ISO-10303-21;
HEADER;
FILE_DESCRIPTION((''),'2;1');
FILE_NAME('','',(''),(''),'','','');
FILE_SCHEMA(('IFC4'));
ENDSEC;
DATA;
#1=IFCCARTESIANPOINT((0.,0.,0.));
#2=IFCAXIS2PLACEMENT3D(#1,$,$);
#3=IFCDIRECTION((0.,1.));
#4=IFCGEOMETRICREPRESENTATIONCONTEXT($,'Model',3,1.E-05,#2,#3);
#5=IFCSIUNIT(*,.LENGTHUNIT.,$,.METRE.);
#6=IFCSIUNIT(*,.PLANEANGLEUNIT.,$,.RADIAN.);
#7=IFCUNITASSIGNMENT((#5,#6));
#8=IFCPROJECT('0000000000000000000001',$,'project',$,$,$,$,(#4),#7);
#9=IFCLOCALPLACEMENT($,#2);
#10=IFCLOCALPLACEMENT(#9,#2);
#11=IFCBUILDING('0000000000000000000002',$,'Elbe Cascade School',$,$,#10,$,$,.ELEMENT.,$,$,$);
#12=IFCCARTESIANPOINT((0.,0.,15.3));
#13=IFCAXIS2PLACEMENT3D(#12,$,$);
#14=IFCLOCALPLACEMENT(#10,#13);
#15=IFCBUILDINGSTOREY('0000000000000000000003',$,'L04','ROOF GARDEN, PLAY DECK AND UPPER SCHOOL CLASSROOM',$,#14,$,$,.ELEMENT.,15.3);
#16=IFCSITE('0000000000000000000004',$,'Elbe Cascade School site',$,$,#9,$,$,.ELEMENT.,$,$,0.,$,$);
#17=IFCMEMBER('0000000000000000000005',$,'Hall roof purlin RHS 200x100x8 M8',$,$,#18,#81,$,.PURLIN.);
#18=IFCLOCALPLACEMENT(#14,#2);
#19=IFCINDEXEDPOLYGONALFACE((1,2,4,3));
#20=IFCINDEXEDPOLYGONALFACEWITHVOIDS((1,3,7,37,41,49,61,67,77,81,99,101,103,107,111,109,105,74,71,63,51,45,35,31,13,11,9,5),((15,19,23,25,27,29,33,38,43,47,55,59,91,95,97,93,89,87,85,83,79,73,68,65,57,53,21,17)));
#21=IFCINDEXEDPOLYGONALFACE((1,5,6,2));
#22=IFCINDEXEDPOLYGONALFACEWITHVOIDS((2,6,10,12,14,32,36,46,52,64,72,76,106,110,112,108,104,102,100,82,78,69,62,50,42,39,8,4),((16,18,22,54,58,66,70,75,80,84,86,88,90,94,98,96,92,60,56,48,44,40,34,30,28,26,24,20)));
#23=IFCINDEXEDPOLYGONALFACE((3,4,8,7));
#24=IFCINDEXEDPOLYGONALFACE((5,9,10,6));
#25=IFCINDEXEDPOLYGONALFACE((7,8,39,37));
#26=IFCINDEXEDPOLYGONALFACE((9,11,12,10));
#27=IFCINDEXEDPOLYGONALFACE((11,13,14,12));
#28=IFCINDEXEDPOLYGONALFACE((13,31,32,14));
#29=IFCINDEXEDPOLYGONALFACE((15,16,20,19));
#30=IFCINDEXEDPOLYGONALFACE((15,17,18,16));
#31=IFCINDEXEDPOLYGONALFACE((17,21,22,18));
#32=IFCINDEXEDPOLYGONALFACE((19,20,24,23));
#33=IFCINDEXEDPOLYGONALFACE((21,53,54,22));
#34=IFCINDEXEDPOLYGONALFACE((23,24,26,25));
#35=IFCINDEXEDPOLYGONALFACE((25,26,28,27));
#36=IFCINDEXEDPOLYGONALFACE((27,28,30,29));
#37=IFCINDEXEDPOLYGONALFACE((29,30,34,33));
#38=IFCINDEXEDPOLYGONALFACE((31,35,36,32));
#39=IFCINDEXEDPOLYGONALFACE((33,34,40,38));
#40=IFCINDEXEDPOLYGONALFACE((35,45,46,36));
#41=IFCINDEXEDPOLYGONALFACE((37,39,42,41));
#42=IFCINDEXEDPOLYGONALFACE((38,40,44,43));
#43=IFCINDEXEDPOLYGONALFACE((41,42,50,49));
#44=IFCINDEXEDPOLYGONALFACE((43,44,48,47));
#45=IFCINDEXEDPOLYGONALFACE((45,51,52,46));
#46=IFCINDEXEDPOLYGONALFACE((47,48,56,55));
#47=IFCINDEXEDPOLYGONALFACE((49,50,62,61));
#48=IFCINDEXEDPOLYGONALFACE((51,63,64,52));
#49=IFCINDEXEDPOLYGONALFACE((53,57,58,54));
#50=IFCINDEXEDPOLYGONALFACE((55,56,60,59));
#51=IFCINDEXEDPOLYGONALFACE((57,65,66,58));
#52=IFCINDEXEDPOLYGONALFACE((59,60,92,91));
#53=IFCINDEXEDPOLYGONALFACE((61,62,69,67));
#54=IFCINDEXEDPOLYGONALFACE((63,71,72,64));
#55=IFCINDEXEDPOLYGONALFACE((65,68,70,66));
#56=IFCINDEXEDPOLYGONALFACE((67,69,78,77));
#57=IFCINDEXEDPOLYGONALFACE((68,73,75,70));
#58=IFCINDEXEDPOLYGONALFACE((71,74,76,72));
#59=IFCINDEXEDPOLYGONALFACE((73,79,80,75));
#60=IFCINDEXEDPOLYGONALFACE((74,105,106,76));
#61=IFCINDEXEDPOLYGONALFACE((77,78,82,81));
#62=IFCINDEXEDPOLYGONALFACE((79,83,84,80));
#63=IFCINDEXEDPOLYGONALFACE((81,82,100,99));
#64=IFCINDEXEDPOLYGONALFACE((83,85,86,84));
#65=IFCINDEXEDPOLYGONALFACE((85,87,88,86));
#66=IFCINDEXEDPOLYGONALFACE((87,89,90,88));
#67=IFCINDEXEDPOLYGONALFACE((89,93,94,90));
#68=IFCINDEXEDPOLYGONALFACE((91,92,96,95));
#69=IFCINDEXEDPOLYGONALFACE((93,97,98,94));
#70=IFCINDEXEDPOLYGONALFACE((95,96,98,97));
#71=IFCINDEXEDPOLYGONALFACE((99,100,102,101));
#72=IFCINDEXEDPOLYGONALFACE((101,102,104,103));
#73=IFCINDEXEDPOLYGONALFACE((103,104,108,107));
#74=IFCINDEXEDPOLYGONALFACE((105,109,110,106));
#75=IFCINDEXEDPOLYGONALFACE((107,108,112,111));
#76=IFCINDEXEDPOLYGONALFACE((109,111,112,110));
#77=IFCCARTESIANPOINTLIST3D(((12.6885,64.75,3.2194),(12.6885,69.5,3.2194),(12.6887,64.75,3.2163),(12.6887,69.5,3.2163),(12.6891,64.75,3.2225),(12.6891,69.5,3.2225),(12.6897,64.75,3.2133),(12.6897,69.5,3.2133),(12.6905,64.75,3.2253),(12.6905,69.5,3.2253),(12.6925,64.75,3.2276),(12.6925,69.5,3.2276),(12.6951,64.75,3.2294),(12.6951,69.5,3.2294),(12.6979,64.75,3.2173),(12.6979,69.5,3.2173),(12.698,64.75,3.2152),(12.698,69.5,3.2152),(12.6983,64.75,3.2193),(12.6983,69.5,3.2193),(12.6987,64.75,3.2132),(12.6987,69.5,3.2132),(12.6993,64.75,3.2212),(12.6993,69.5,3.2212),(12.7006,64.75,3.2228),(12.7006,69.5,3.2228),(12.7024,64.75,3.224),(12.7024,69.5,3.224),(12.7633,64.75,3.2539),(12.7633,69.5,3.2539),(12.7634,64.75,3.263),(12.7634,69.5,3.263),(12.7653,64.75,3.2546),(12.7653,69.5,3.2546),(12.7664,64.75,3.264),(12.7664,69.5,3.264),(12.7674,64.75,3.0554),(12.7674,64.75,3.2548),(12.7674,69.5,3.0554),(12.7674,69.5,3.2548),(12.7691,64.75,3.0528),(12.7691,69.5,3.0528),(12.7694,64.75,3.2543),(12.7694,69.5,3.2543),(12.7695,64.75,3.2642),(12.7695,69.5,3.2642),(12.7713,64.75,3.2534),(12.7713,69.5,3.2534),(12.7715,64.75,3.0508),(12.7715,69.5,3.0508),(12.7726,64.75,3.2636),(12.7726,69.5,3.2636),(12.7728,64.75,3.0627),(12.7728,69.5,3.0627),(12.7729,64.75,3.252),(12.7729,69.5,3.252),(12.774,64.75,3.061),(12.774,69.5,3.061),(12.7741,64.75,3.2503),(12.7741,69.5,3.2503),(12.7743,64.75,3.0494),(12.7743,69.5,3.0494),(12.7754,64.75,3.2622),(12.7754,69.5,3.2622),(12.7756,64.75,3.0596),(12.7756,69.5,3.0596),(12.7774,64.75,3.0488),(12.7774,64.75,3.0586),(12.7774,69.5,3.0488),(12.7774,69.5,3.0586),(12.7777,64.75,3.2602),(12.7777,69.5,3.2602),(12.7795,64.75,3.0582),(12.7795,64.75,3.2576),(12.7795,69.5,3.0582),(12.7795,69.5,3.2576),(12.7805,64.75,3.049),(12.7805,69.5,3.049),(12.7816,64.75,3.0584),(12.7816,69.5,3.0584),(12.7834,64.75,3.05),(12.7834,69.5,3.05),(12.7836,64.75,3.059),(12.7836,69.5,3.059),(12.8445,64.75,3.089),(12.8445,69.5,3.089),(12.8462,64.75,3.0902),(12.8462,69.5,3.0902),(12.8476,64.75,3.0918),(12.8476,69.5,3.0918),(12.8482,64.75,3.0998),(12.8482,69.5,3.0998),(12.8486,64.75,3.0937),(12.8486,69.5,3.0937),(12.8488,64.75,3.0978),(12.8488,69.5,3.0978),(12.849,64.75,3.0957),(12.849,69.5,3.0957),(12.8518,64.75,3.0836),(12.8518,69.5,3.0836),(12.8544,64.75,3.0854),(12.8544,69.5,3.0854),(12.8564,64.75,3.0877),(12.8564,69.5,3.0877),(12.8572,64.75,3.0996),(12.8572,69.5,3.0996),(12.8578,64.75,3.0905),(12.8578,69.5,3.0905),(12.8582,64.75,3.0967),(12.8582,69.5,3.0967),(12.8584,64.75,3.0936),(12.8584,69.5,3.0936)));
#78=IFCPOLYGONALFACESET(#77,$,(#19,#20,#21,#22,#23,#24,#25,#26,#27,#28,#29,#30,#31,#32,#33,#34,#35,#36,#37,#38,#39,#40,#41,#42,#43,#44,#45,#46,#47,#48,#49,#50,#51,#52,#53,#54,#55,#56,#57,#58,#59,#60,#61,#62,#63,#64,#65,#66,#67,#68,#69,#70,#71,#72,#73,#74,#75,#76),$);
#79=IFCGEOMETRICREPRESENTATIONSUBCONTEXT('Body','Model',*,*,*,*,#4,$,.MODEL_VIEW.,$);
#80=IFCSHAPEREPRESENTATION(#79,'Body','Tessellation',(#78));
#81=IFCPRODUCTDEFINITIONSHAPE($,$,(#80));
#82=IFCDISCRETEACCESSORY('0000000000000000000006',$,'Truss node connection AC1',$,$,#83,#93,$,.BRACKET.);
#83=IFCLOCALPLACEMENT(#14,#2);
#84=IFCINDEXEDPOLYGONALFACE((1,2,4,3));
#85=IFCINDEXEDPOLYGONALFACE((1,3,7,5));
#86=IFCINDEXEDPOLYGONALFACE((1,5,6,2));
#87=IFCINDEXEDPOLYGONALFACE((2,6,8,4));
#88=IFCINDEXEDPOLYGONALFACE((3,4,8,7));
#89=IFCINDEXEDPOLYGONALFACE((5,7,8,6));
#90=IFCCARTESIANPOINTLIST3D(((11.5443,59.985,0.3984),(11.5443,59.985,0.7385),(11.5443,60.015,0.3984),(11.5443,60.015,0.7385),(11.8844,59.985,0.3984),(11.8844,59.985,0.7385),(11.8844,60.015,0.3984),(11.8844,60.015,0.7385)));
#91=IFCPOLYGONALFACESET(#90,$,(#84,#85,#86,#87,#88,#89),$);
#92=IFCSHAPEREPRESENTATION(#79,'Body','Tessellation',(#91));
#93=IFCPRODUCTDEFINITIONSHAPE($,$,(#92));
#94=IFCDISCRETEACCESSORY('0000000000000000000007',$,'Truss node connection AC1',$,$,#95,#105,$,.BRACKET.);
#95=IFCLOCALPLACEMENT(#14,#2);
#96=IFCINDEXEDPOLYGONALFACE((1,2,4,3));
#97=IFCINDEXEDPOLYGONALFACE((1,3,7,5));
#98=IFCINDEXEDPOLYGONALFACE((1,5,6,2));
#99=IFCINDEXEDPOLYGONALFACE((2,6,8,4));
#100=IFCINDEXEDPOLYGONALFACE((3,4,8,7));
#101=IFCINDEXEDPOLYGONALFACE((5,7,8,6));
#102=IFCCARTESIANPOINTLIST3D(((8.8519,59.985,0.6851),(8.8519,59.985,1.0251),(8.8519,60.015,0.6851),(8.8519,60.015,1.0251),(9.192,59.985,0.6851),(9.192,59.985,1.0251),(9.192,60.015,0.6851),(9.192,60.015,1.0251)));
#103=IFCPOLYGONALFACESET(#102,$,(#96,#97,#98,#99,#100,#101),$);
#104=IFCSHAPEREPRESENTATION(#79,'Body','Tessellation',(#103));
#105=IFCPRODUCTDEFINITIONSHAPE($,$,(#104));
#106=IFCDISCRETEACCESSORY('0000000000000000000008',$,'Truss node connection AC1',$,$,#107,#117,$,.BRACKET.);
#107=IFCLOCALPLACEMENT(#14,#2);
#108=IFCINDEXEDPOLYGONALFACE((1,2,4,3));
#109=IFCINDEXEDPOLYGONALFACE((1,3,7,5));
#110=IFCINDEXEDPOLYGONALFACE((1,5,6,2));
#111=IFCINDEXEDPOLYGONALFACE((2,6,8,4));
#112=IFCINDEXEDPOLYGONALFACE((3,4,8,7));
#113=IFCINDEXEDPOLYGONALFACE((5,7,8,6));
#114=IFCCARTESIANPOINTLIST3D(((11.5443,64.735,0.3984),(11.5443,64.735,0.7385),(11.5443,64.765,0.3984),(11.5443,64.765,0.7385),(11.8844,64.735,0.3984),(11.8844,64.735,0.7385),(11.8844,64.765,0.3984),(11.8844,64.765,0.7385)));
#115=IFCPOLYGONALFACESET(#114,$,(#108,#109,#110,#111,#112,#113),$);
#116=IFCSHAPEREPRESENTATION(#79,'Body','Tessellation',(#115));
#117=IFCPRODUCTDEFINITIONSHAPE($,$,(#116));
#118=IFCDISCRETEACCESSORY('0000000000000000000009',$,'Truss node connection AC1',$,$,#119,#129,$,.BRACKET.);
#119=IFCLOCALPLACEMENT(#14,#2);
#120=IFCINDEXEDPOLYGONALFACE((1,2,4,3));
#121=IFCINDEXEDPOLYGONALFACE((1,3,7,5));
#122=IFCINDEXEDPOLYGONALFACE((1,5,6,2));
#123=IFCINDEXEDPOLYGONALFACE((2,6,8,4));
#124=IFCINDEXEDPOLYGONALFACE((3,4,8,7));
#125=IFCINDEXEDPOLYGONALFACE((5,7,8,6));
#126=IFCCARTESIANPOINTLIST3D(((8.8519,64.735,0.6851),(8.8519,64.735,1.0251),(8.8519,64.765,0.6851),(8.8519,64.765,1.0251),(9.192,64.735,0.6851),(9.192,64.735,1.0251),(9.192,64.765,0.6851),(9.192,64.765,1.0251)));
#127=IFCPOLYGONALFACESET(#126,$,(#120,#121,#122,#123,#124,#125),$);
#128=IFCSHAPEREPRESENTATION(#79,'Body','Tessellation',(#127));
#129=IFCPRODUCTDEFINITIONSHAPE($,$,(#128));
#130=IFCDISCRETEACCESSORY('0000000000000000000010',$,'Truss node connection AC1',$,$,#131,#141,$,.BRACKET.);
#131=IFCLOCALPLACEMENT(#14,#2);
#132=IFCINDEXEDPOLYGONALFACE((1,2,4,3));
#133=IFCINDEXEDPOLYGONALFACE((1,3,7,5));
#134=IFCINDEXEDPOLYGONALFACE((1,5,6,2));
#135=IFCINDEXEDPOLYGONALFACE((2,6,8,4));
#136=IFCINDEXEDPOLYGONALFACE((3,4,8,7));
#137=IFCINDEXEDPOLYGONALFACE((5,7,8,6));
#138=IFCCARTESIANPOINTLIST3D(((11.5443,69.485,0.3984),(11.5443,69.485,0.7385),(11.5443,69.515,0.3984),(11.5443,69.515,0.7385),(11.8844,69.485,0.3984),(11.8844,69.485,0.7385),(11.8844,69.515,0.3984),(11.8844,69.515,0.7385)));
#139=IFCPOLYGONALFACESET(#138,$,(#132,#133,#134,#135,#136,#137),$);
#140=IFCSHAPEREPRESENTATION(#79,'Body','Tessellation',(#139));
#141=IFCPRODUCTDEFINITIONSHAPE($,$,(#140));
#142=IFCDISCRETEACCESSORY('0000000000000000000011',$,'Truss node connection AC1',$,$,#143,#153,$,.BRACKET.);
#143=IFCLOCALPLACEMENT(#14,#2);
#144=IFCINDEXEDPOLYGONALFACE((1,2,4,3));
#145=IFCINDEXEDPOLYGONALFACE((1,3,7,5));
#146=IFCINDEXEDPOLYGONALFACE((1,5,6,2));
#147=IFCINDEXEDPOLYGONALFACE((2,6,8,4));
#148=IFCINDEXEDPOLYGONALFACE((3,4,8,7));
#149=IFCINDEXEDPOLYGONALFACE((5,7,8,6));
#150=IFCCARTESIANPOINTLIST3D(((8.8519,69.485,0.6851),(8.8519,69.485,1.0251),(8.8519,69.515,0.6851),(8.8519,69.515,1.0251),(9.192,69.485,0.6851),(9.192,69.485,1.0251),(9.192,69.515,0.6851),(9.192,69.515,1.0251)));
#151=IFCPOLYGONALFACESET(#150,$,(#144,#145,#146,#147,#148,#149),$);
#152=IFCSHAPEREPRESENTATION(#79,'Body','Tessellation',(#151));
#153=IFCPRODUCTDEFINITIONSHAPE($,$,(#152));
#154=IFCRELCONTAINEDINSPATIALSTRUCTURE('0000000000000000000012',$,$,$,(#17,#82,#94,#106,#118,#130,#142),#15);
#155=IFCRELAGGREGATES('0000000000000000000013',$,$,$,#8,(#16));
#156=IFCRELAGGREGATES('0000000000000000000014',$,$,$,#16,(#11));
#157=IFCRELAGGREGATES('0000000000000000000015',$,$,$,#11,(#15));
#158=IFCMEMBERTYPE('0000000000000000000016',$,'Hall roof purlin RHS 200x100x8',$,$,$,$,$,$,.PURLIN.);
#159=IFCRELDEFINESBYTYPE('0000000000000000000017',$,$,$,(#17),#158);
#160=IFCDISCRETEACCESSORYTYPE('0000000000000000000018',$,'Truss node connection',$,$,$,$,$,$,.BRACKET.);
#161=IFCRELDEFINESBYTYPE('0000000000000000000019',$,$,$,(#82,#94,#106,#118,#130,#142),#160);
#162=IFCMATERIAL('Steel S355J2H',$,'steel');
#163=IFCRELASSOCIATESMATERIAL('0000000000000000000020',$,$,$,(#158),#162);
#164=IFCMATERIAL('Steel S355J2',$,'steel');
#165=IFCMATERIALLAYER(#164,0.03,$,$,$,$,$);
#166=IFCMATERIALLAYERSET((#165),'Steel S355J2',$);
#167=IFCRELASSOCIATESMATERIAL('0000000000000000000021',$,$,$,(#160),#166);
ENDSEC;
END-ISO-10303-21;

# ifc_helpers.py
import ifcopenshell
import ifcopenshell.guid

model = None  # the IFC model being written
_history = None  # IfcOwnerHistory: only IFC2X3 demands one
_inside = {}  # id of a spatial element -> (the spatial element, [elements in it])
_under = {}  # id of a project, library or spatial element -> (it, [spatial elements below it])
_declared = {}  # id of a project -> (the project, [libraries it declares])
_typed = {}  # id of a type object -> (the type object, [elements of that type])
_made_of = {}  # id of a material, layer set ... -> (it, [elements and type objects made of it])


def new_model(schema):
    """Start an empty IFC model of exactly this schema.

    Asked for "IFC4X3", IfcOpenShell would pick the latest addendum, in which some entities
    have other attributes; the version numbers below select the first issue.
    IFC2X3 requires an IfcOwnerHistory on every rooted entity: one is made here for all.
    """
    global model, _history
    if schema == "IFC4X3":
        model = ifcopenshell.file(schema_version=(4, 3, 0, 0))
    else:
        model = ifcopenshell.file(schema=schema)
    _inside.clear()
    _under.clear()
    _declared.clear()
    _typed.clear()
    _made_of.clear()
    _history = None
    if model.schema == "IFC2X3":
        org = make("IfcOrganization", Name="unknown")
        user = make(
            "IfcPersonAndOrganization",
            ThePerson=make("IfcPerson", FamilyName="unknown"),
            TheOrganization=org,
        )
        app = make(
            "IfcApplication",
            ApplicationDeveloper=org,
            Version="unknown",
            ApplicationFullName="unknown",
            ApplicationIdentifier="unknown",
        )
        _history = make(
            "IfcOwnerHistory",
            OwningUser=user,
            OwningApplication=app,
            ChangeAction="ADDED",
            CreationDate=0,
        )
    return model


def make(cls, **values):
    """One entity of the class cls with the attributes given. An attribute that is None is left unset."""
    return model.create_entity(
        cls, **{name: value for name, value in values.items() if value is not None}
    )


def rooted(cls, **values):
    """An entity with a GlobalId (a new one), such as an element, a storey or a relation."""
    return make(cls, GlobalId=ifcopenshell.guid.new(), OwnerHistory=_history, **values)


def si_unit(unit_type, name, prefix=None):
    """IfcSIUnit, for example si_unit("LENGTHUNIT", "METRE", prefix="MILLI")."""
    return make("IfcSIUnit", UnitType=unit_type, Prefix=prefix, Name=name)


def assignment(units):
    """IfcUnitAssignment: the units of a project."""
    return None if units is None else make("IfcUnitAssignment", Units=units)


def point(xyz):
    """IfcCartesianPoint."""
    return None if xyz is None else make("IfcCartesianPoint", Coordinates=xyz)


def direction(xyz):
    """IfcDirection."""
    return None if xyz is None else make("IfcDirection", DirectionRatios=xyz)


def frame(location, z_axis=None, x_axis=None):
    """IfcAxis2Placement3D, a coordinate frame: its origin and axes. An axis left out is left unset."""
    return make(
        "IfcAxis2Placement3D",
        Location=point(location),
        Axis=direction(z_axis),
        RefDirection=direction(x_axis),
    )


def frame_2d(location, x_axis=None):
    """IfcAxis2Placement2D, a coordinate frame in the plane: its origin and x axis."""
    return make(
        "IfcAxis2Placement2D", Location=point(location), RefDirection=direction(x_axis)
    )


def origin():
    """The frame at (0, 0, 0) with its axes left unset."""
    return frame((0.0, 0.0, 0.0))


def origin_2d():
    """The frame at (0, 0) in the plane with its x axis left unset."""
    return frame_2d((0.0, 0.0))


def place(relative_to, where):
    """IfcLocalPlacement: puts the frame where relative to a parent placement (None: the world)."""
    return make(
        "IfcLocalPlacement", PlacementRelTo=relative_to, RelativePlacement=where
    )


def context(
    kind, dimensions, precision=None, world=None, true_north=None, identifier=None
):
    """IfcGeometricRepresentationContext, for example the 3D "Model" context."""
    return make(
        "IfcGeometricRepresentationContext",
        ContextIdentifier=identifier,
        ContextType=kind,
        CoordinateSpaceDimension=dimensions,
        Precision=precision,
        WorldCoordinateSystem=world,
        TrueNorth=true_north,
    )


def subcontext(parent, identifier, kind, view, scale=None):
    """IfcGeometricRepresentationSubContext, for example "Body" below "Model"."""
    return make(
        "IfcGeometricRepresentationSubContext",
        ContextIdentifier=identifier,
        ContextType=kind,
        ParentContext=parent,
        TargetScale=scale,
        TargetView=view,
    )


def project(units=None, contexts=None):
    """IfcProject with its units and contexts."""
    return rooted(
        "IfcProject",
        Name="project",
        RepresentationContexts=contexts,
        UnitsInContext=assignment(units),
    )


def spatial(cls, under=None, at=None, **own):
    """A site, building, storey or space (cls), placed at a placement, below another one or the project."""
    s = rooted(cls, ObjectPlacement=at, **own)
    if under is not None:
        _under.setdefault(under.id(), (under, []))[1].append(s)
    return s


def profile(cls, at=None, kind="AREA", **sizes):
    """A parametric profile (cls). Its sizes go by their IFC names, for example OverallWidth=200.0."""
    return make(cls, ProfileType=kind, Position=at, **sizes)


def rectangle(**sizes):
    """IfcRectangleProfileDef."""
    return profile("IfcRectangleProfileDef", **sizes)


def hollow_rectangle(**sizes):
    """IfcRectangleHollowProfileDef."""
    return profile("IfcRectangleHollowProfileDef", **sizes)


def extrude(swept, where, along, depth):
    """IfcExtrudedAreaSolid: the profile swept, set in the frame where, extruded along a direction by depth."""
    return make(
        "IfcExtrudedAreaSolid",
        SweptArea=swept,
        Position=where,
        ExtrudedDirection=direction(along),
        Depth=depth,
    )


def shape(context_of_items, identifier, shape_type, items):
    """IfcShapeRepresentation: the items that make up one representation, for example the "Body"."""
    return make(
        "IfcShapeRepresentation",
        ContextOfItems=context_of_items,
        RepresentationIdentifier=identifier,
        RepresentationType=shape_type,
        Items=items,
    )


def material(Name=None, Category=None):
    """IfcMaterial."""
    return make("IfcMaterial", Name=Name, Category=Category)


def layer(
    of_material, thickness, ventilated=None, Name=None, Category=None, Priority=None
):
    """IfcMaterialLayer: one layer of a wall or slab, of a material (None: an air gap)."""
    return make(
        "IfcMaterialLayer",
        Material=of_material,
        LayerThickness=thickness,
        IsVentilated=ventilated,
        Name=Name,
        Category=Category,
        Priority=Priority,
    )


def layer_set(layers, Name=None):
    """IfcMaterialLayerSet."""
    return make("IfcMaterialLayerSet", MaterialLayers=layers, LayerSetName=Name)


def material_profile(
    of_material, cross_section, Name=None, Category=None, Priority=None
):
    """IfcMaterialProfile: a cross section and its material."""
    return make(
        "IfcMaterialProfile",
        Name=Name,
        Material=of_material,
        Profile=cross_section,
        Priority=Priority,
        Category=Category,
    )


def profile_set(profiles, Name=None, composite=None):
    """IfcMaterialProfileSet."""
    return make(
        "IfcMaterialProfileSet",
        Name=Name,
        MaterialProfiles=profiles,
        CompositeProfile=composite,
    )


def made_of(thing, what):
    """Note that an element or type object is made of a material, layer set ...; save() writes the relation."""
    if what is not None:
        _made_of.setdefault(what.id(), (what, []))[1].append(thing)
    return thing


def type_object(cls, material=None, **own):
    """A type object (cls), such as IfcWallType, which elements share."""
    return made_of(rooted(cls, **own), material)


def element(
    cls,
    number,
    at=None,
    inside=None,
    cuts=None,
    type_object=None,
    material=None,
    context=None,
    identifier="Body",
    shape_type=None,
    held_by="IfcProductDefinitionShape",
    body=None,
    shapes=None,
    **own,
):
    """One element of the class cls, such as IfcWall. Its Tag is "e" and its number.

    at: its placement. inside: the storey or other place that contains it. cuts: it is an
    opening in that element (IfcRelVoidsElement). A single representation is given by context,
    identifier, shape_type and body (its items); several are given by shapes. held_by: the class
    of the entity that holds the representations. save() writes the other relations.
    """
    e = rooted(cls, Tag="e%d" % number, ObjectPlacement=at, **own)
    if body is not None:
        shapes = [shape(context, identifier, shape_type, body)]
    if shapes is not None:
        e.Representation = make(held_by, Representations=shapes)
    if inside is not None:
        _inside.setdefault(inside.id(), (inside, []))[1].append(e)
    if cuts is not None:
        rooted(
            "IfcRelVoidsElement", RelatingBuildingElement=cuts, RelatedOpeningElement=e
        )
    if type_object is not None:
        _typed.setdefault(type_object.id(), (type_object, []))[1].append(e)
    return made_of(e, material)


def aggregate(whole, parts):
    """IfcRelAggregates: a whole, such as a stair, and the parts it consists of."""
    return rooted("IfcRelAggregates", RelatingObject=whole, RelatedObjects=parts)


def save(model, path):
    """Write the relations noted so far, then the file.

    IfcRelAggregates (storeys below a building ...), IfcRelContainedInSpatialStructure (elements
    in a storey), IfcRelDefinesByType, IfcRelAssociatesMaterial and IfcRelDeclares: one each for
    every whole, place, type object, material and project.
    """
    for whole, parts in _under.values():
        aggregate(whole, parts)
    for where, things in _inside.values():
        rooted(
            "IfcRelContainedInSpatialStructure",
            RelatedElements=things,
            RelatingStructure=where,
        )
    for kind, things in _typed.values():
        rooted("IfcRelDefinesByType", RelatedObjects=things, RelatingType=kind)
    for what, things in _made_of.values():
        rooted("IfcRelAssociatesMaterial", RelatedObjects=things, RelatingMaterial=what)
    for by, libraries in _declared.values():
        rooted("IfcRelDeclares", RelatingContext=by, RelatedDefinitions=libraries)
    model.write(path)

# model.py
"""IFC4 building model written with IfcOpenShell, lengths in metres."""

from ifc_helpers import new_model, si_unit, direction, frame, origin, origin_2d, place, context, subcontext, project, spatial, rectangle, hollow_rectangle, extrude, material, layer, layer_set, material_profile, profile_set, type_object, element, save


model = new_model("IFC4")

# Units and contexts
model_context = context("Model", 3, precision=1e-05, world=origin(), true_north=direction((0.0, 1.0)))
body_context = subcontext(model_context, "Body", "Model", "MODEL_VIEW")
ifc_project = project(units=[si_unit("LENGTHUNIT", "METRE"), si_unit("PLANEANGLEUNIT", "RADIAN")], contexts=[model_context])

# Site, building, storey
site_placement = place(None, origin())
site = spatial("IfcSite", under=ifc_project, at=site_placement, Name="Elbe Cascade School site", CompositionType="ELEMENT", RefElevation=0.0)
building_placement = place(site_placement, origin())
building = spatial("IfcBuilding", under=site, at=building_placement, Name="Elbe Cascade School", CompositionType="ELEMENT")
storey_placement = place(building_placement, frame((0.0, 0.0, 15.3)))
storey = spatial("IfcBuildingStorey", under=building, at=storey_placement, Name="L04", Description="ROOF GARDEN, PLAY DECK AND UPPER SCHOOL CLASSROOM", CompositionType="ELEMENT", Elevation=15.3)

# Member
ifc_material_1 = material(Name="Steel S355J2H", Category="steel")
ifc_material_profile_1 = material_profile(ifc_material_1, hollow_rectangle(XDim=0.1001, YDim=0.2, WallThickness=0.0081, InnerFilletRadius=0.0081, OuterFilletRadius=0.012, at=origin_2d()), Name="RHS 200x100x8")
ifc_profile_set_1 = profile_set([ifc_material_profile_1], Name="Steel S355J2H")
member_type_1 = type_object("IfcMemberType", Name="Hall roof purlin RHS 200x100x8", PredefinedType="PURLIN", material=ifc_profile_set_1)
for number, where, z_axis, x_axis, name in (
    (1, (12.7734, 64.75, 3.1565), (0.0, 1.0, 0.0), (-0.897163, 0.0, -0.441699), "Hall roof purlin RHS 200x100x8 M8"),
):
    element("IfcMember", number, at=place(storey_placement, frame(where, z_axis=z_axis, x_axis=x_axis)), inside=storey, type_object=member_type_1, Name=name, PredefinedType="PURLIN", context=body_context, shape_type="SweptSolid", body=[
        extrude(hollow_rectangle(XDim=0.1001, YDim=0.2, WallThickness=0.0081, InnerFilletRadius=0.0081, OuterFilletRadius=0.012, at=origin_2d()), origin(), (0.0, 0.0, 1.0), 4.75),
    ])

# Discrete accessories
ifc_material_2 = material(Name="Steel S355J2", Category="steel")
ifc_layer = layer(ifc_material_2, 0.03)
ifc_layer_set = layer_set([ifc_layer], Name="Steel S355J2")
discrete_accessory_type = type_object("IfcDiscreteAccessoryType", Name="Truss node connection", PredefinedType="BRACKET", material=ifc_layer_set)
for number, where, z_axis, x_axis, name in (
    (2, (11.7144, 60.0, 0.3984), (0.0, 0.0, 1.0), (1.0, 0.0, 0.0), "Truss node connection AC1"),
    (3, (9.022, 60.0, 0.6851), (0.0, 0.0, 1.0), (1.0, 0.0, 0.0), "Truss node connection AC1"),
    (4, (11.7144, 64.75, 0.3984), (0.0, 0.0, 1.0), (1.0, 0.0, 0.0), "Truss node connection AC1"),
    (5, (9.022, 64.75, 0.6851), (0.0, 0.0, 1.0), (1.0, 0.0, 0.0), "Truss node connection AC1"),
    (6, (11.7144, 69.5, 0.3984), (0.0, 0.0, 1.0), (1.0, 0.0, 0.0), "Truss node connection AC1"),
    (7, (9.022, 69.5, 0.6851), (0.0, 0.0, 1.0), (1.0, 0.0, 0.0), "Truss node connection AC1"),
):
    element("IfcDiscreteAccessory", number, at=place(storey_placement, frame(where, z_axis=z_axis, x_axis=x_axis)), inside=storey, type_object=discrete_accessory_type, Name=name, PredefinedType="BRACKET", context=body_context, shape_type="SweptSolid", body=[
        extrude(rectangle(XDim=0.3401, YDim=0.03, at=origin_2d()), origin(), (0.0, 0.0, 1.0), 0.3401),
    ])

save(model, "model.ifc")
